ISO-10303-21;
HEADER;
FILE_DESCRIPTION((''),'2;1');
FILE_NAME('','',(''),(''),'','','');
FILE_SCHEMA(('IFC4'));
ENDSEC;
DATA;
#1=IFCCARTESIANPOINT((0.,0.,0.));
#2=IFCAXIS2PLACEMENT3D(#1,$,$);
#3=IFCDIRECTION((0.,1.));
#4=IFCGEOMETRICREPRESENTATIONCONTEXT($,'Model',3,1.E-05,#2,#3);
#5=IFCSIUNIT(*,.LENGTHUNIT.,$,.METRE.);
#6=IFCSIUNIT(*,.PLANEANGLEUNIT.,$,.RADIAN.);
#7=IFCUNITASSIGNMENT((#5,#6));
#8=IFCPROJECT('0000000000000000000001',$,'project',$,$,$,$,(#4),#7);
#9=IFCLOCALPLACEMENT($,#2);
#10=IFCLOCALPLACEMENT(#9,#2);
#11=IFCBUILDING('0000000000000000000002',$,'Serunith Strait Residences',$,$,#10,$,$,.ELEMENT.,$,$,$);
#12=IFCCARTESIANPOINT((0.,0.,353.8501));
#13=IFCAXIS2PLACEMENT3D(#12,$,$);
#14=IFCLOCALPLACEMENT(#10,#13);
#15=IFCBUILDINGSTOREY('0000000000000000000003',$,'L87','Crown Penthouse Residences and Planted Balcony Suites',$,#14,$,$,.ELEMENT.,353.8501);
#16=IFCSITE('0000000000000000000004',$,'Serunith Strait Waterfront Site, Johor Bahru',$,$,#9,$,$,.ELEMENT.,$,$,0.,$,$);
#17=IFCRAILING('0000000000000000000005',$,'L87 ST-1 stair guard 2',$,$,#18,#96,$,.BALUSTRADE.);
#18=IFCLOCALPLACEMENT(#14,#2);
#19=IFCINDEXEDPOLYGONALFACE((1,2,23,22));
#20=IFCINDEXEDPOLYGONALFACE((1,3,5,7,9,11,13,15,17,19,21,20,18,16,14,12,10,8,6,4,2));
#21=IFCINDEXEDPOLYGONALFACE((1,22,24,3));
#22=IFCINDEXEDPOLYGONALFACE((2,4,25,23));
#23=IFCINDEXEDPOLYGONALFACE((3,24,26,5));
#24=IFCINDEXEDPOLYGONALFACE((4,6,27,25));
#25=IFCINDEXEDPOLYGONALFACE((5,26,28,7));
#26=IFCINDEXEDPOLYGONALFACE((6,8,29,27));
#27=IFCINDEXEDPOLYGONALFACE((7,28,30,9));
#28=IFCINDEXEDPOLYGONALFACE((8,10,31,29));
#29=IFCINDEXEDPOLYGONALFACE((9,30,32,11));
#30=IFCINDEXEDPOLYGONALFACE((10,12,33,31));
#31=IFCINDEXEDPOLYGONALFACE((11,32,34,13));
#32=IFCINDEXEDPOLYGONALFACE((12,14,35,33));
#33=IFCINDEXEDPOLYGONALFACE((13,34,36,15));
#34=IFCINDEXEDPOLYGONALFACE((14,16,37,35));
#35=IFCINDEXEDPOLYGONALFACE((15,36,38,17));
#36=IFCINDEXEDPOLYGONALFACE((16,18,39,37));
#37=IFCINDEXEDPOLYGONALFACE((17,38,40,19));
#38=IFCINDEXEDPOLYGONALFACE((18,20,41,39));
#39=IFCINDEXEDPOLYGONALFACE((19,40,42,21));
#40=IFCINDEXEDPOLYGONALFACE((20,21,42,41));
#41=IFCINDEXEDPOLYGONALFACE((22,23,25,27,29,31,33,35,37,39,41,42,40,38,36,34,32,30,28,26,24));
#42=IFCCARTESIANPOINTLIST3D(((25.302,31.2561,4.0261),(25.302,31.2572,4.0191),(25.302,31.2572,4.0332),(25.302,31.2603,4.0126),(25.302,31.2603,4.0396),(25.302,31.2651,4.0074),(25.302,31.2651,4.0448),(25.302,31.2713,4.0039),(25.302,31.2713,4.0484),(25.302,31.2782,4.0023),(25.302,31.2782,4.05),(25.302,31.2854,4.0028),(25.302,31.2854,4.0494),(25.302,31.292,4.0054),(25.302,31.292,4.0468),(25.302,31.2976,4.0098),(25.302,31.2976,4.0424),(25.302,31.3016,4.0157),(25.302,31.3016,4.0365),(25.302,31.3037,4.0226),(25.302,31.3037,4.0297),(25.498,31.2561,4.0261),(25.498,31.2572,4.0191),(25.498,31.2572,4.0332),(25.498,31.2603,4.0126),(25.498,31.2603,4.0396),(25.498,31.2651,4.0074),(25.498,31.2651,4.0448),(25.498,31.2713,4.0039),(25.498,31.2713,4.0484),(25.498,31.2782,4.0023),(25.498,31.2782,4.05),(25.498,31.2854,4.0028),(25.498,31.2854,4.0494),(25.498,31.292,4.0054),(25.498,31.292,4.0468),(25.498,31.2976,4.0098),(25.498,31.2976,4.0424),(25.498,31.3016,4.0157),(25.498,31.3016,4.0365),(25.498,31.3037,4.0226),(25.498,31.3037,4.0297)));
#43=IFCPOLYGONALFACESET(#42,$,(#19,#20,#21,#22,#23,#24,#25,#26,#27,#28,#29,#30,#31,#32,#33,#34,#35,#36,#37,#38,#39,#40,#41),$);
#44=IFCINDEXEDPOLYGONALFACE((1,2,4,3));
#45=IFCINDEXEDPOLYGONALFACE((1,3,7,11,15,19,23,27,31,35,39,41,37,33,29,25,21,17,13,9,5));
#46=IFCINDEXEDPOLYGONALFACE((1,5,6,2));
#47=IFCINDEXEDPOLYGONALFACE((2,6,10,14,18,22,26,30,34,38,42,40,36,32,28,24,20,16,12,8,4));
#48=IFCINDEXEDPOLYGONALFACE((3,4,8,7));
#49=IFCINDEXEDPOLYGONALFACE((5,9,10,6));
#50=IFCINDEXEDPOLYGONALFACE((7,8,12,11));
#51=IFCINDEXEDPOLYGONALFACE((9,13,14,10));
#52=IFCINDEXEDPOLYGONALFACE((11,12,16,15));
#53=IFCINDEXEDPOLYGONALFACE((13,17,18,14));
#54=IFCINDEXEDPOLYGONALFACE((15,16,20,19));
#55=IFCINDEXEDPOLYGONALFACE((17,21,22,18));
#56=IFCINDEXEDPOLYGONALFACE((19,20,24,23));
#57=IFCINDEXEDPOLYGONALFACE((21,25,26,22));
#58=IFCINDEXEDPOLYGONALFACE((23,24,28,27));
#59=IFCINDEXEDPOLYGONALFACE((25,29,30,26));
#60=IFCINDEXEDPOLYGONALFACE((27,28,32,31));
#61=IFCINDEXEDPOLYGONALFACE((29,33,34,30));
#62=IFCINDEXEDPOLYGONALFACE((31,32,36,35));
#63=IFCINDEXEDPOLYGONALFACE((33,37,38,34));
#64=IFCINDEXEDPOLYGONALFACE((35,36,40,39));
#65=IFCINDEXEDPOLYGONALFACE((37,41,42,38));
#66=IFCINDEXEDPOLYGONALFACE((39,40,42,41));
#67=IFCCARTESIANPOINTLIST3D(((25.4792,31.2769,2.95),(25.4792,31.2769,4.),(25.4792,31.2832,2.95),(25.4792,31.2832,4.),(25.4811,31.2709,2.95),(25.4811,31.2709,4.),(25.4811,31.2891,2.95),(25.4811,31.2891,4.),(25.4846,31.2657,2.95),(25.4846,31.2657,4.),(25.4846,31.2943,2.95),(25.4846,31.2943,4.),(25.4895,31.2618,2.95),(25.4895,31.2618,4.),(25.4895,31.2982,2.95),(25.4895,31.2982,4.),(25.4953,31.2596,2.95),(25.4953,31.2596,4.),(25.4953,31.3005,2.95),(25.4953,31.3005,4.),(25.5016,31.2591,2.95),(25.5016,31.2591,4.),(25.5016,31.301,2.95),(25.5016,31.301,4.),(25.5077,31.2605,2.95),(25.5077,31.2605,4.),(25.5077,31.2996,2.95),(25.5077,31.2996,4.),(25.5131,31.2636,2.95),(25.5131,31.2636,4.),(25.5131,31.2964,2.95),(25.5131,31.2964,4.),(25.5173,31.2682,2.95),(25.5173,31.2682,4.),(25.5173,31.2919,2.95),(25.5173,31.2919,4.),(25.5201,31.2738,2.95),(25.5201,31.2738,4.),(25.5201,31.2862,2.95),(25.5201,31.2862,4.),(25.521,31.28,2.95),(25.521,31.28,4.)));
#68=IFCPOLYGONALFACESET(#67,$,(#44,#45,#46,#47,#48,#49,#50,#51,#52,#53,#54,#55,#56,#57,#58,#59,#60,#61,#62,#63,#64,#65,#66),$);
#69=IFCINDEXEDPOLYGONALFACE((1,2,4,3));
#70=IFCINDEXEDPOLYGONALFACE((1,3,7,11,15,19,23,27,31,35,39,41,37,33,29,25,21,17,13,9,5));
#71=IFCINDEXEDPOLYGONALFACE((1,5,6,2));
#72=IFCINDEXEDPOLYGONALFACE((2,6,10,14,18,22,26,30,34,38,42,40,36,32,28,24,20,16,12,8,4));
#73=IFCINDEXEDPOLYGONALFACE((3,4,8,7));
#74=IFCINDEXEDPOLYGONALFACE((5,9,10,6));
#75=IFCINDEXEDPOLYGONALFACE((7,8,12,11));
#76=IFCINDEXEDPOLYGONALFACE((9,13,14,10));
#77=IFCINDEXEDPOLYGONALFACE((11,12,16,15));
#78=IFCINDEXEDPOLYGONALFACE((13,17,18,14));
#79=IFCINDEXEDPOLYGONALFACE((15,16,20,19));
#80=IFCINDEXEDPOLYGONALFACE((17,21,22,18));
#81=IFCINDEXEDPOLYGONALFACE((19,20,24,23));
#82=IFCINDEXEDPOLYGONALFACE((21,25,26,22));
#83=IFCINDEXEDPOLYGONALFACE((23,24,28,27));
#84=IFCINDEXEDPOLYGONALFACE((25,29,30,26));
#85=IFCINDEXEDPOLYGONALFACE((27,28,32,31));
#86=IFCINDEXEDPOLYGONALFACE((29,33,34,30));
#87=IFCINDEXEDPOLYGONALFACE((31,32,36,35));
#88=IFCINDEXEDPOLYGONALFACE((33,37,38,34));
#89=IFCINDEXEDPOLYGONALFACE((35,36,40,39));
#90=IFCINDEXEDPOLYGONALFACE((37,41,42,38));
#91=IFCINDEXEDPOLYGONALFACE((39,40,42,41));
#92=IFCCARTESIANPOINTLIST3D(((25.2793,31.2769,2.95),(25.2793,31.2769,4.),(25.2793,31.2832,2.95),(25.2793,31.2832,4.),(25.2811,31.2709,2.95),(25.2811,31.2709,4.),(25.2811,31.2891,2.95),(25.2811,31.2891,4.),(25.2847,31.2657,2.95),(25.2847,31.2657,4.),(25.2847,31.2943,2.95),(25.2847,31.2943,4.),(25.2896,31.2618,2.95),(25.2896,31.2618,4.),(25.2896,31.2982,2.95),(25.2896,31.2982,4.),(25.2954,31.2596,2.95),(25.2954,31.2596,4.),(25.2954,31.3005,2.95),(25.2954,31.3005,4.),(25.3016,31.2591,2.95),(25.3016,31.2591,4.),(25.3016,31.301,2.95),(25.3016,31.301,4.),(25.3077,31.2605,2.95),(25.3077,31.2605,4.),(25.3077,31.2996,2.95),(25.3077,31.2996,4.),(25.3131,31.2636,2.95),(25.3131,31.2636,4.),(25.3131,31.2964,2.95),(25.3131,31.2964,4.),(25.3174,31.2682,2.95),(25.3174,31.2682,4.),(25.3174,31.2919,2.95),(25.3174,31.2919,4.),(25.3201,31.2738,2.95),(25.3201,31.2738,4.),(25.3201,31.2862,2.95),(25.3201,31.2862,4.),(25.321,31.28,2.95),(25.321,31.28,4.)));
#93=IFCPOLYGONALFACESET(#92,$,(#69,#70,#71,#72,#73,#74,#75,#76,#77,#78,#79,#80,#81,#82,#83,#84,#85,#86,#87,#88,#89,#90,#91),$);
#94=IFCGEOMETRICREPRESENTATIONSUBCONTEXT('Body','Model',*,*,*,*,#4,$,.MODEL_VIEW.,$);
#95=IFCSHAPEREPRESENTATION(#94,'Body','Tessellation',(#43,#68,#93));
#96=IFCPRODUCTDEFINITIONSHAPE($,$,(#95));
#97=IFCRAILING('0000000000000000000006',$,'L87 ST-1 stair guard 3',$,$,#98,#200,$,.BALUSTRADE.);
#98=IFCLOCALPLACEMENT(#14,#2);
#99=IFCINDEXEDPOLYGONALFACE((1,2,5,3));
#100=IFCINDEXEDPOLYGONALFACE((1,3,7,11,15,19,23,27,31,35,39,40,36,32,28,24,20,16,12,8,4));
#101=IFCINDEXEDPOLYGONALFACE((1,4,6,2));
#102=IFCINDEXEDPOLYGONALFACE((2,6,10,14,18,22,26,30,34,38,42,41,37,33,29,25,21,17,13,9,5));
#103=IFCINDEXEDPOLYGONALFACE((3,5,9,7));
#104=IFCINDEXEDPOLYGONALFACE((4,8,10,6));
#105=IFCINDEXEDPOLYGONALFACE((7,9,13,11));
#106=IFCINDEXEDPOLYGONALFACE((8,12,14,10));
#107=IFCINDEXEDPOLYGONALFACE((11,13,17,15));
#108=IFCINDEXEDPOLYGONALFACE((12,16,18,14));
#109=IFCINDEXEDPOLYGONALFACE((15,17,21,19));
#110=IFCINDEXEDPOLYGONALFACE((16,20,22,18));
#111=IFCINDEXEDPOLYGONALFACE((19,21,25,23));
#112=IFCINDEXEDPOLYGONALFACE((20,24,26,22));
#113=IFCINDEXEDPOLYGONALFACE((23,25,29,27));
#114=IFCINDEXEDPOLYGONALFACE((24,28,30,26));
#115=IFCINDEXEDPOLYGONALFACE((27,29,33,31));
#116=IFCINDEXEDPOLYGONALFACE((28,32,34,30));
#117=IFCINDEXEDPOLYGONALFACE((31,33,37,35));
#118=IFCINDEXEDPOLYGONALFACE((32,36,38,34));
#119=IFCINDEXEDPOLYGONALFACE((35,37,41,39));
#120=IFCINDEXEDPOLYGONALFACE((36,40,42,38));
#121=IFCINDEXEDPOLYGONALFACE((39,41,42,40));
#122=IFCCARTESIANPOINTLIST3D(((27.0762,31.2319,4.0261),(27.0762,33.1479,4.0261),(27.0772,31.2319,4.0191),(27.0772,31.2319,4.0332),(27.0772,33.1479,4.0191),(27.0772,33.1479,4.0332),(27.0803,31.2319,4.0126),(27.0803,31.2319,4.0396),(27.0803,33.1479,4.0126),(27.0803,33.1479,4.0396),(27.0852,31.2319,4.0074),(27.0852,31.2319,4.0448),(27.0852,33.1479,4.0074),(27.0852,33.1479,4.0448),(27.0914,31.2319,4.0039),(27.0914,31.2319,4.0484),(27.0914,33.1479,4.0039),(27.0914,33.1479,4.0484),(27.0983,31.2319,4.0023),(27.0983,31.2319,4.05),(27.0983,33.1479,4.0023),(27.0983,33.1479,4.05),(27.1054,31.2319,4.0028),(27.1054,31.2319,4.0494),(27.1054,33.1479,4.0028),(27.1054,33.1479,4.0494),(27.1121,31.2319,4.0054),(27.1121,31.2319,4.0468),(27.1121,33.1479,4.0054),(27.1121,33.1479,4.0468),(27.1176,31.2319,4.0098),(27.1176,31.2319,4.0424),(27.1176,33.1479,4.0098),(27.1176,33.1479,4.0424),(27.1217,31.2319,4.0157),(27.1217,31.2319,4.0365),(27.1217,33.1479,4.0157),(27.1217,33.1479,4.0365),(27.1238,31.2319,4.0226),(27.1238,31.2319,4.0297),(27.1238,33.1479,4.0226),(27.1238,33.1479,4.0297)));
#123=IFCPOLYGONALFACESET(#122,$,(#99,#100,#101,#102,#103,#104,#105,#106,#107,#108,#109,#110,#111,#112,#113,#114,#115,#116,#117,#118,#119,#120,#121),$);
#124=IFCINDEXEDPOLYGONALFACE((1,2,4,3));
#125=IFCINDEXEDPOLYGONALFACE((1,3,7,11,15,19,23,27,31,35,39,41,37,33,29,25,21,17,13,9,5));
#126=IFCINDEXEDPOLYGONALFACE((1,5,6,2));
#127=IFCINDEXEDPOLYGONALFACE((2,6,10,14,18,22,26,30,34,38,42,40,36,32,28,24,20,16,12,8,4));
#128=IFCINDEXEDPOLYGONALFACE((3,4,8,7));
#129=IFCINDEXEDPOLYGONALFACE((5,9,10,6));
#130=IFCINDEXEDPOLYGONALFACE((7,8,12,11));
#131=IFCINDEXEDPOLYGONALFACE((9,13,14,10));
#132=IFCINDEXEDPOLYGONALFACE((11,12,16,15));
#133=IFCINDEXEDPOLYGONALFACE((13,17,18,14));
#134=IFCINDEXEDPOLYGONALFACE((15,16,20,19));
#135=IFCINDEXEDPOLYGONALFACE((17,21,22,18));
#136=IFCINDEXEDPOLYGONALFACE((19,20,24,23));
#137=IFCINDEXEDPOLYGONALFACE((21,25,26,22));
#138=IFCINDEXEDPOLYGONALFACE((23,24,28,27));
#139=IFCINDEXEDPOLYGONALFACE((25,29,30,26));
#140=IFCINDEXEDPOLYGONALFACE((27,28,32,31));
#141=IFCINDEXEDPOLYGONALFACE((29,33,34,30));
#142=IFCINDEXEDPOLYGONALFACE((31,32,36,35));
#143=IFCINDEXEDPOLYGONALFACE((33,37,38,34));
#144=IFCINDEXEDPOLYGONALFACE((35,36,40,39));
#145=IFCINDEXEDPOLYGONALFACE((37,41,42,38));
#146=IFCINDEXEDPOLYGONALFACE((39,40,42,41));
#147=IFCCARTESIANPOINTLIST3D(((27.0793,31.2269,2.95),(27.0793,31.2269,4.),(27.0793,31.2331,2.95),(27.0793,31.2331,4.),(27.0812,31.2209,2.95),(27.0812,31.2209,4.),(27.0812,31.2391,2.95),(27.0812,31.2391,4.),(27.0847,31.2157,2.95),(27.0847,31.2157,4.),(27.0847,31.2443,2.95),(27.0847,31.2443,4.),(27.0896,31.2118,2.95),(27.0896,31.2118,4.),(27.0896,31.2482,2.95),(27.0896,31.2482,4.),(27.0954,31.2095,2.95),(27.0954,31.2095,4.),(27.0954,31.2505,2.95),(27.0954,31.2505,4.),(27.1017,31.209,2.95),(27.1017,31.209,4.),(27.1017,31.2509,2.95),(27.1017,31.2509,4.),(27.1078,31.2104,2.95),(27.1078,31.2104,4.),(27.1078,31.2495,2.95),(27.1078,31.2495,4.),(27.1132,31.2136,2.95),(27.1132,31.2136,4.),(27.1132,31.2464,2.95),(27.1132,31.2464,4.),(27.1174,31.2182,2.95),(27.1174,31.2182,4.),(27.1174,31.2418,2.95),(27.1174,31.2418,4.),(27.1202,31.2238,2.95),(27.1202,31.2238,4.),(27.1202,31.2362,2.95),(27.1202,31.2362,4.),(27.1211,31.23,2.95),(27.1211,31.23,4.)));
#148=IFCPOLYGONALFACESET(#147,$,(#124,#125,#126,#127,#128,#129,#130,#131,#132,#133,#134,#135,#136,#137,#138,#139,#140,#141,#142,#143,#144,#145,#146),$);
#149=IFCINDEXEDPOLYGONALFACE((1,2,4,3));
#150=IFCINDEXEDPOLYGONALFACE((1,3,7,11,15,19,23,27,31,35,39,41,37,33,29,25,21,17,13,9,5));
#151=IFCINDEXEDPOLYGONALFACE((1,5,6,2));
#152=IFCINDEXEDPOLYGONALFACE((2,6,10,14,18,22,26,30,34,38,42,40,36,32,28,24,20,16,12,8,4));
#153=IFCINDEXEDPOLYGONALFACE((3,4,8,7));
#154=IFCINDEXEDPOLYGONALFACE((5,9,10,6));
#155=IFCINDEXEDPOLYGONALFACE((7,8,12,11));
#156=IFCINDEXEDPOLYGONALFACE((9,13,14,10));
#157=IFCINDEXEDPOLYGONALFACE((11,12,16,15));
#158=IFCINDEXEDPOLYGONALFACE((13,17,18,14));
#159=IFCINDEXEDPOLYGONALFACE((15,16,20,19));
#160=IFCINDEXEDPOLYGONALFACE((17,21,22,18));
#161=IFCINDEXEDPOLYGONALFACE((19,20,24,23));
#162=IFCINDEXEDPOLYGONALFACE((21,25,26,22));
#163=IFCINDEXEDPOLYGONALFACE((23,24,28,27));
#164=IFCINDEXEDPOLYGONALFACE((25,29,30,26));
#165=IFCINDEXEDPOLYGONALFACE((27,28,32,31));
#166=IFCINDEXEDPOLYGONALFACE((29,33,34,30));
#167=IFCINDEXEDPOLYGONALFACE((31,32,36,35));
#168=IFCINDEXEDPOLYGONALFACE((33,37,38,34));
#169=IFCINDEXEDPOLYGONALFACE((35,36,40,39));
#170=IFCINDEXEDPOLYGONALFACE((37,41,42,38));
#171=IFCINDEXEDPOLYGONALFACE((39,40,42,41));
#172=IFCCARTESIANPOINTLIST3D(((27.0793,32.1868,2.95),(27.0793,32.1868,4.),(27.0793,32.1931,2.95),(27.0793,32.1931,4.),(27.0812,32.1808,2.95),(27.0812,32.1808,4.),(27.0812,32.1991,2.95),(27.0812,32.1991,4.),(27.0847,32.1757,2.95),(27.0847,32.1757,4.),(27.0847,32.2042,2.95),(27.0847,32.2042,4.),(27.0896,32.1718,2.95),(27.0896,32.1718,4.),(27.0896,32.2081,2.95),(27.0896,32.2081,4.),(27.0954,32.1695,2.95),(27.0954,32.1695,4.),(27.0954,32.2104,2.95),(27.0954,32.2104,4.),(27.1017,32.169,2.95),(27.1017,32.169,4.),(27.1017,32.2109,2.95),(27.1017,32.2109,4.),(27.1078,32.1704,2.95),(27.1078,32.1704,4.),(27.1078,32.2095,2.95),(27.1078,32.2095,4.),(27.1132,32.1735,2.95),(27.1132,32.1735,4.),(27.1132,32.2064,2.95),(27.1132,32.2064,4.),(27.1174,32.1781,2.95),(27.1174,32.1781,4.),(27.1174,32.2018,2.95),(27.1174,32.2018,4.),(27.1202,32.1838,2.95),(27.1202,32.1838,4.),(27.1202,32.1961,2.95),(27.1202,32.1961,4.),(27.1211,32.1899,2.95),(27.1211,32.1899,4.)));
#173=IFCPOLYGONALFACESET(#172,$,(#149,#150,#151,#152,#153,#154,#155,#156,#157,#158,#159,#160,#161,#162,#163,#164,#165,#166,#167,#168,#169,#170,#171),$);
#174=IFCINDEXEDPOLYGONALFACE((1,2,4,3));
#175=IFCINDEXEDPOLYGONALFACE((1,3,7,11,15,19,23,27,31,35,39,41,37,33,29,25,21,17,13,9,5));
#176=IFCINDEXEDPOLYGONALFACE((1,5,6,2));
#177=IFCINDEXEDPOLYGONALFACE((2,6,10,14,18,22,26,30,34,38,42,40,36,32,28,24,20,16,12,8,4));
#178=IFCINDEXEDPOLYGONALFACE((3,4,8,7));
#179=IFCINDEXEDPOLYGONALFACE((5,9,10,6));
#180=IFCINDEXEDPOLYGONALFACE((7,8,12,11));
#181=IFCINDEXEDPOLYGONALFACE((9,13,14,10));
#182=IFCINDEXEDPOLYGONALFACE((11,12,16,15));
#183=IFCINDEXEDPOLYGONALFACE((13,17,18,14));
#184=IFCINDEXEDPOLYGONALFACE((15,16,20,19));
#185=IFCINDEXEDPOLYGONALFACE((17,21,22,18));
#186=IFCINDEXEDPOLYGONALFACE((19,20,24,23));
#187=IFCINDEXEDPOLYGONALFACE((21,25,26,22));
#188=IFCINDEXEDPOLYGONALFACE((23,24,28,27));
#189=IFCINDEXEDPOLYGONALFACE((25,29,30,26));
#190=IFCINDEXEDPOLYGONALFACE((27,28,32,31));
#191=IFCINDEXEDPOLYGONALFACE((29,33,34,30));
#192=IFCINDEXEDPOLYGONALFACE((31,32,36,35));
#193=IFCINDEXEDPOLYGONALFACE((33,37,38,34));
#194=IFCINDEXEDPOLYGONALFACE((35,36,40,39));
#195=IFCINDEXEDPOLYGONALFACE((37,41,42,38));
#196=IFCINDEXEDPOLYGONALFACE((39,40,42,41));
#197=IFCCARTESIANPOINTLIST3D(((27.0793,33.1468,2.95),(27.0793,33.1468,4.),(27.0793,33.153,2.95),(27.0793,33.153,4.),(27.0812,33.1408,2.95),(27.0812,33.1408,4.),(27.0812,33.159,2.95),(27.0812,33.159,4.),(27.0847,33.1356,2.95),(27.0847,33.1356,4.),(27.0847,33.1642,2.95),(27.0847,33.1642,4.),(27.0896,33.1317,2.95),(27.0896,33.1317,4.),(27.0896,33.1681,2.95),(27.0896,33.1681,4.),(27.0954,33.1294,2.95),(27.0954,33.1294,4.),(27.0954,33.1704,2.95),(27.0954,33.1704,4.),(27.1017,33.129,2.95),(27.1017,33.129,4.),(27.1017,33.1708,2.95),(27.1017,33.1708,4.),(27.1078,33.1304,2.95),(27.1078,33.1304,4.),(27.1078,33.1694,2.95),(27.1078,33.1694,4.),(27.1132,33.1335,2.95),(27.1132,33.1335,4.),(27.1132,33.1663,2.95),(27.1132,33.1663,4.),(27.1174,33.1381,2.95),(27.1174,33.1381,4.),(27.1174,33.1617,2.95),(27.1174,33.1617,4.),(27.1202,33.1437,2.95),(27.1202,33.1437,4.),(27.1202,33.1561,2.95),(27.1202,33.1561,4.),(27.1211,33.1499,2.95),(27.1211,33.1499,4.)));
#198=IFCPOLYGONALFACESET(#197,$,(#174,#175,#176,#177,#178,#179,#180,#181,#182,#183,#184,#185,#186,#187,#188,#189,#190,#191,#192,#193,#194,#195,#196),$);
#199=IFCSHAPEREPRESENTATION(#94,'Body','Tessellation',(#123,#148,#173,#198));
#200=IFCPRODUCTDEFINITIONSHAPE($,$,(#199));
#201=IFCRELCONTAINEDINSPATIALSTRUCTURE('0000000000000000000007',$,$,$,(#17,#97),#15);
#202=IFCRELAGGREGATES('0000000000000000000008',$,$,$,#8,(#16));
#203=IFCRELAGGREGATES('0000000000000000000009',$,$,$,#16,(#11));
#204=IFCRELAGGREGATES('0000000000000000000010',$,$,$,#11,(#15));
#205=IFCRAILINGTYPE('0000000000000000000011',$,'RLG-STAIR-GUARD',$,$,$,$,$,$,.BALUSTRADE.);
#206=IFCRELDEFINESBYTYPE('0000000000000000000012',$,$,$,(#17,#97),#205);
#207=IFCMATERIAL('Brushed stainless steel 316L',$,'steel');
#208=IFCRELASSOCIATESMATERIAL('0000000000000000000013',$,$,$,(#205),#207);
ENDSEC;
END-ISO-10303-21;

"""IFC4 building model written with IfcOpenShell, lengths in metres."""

from ifc_helpers import new_model, si_unit, direction, frame, origin, origin_2d, place, context, subcontext, project, spatial, circle, extrude, material, type_object, element, save


model = new_model("IFC4")

# Units and contexts
model_context = context("Model", 3, precision=1e-05, world=origin(), true_north=direction((0.0, 1.0)))
body_context = subcontext(model_context, "Body", "Model", "MODEL_VIEW")
ifc_project = project(units=[si_unit("LENGTHUNIT", "METRE"), si_unit("PLANEANGLEUNIT", "RADIAN")], contexts=[model_context])

# Site, building, storey
site_placement = place(None, origin())
site = spatial("IfcSite", under=ifc_project, at=site_placement, Name="Serunith Strait Waterfront Site, Johor Bahru", CompositionType="ELEMENT", RefElevation=0.0)
building_placement = place(site_placement, origin())
building = spatial("IfcBuilding", under=site, at=building_placement, Name="Serunith Strait Residences", CompositionType="ELEMENT")
storey_placement = place(building_placement, frame((0.0, 0.0, 353.8501)))
storey = spatial("IfcBuildingStorey", under=building, at=storey_placement, Name="L87", Description="Crown Penthouse Residences and Planted Balcony Suites", CompositionType="ELEMENT", Elevation=353.8501)

# Railings
ifc_material_1 = material(Name="Brushed stainless steel 316L", Category="steel")
railing_type_1 = type_object("IfcRailingType", Name="RLG-STAIR-GUARD", PredefinedType="BALUSTRADE", material=ifc_material_1)
railing_1_placement = place(storey_placement, frame((25.5, 31.28, 2.95)))
element("IfcRailing", 1, at=railing_1_placement, inside=storey, type_object=railing_type_1, Name="L87 ST-1 stair guard 2", PredefinedType="BALUSTRADE", context=body_context, shape_type="SweptSolid", body=[
    extrude(circle(Radius=0.0239, at=origin_2d()), frame((-0.002, 0.0, 1.0762), z_axis=(-1.0, 0.0, 0.0), x_axis=(0.0, -1.0, 0.0)), (0.0, 0.0, 1.0), 0.196),
    extrude(circle(Radius=0.021, at=origin_2d()), origin(), (0.0, 0.0, 1.0), 1.05),
    extrude(circle(Radius=0.021, at=origin_2d()), frame((-0.2, 0.0, 0.0)), (0.0, 0.0, 1.0), 1.05),
])
for number, where, name in (
    (2, (27.1001, 31.23, 2.95), "L87 ST-1 stair guard 3"),
):
    element("IfcRailing", number, at=place(storey_placement, frame(where)), inside=storey, type_object=railing_type_1, Name=name, PredefinedType="BALUSTRADE", context=body_context, shape_type="SweptSolid", body=[
        extrude(circle(Radius=0.0239, at=origin_2d()), frame((0.0, 0.002, 1.0762), z_axis=(0.0, 1.0, 0.0), x_axis=(-1.0, 0.0, 0.0)), (0.0, 0.0, 1.0), 1.916),
        extrude(circle(Radius=0.021, at=origin_2d()), origin(), (0.0, 0.0, 1.0), 1.05),
        extrude(circle(Radius=0.021, at=origin_2d()), frame((0.0, 0.96, 0.0)), (0.0, 0.0, 1.0), 1.05),
        extrude(circle(Radius=0.021, at=origin_2d()), frame((0.0, 1.9199, 0.0)), (0.0, 0.0, 1.0), 1.05),
    ])

save(model, "model.ifc")
